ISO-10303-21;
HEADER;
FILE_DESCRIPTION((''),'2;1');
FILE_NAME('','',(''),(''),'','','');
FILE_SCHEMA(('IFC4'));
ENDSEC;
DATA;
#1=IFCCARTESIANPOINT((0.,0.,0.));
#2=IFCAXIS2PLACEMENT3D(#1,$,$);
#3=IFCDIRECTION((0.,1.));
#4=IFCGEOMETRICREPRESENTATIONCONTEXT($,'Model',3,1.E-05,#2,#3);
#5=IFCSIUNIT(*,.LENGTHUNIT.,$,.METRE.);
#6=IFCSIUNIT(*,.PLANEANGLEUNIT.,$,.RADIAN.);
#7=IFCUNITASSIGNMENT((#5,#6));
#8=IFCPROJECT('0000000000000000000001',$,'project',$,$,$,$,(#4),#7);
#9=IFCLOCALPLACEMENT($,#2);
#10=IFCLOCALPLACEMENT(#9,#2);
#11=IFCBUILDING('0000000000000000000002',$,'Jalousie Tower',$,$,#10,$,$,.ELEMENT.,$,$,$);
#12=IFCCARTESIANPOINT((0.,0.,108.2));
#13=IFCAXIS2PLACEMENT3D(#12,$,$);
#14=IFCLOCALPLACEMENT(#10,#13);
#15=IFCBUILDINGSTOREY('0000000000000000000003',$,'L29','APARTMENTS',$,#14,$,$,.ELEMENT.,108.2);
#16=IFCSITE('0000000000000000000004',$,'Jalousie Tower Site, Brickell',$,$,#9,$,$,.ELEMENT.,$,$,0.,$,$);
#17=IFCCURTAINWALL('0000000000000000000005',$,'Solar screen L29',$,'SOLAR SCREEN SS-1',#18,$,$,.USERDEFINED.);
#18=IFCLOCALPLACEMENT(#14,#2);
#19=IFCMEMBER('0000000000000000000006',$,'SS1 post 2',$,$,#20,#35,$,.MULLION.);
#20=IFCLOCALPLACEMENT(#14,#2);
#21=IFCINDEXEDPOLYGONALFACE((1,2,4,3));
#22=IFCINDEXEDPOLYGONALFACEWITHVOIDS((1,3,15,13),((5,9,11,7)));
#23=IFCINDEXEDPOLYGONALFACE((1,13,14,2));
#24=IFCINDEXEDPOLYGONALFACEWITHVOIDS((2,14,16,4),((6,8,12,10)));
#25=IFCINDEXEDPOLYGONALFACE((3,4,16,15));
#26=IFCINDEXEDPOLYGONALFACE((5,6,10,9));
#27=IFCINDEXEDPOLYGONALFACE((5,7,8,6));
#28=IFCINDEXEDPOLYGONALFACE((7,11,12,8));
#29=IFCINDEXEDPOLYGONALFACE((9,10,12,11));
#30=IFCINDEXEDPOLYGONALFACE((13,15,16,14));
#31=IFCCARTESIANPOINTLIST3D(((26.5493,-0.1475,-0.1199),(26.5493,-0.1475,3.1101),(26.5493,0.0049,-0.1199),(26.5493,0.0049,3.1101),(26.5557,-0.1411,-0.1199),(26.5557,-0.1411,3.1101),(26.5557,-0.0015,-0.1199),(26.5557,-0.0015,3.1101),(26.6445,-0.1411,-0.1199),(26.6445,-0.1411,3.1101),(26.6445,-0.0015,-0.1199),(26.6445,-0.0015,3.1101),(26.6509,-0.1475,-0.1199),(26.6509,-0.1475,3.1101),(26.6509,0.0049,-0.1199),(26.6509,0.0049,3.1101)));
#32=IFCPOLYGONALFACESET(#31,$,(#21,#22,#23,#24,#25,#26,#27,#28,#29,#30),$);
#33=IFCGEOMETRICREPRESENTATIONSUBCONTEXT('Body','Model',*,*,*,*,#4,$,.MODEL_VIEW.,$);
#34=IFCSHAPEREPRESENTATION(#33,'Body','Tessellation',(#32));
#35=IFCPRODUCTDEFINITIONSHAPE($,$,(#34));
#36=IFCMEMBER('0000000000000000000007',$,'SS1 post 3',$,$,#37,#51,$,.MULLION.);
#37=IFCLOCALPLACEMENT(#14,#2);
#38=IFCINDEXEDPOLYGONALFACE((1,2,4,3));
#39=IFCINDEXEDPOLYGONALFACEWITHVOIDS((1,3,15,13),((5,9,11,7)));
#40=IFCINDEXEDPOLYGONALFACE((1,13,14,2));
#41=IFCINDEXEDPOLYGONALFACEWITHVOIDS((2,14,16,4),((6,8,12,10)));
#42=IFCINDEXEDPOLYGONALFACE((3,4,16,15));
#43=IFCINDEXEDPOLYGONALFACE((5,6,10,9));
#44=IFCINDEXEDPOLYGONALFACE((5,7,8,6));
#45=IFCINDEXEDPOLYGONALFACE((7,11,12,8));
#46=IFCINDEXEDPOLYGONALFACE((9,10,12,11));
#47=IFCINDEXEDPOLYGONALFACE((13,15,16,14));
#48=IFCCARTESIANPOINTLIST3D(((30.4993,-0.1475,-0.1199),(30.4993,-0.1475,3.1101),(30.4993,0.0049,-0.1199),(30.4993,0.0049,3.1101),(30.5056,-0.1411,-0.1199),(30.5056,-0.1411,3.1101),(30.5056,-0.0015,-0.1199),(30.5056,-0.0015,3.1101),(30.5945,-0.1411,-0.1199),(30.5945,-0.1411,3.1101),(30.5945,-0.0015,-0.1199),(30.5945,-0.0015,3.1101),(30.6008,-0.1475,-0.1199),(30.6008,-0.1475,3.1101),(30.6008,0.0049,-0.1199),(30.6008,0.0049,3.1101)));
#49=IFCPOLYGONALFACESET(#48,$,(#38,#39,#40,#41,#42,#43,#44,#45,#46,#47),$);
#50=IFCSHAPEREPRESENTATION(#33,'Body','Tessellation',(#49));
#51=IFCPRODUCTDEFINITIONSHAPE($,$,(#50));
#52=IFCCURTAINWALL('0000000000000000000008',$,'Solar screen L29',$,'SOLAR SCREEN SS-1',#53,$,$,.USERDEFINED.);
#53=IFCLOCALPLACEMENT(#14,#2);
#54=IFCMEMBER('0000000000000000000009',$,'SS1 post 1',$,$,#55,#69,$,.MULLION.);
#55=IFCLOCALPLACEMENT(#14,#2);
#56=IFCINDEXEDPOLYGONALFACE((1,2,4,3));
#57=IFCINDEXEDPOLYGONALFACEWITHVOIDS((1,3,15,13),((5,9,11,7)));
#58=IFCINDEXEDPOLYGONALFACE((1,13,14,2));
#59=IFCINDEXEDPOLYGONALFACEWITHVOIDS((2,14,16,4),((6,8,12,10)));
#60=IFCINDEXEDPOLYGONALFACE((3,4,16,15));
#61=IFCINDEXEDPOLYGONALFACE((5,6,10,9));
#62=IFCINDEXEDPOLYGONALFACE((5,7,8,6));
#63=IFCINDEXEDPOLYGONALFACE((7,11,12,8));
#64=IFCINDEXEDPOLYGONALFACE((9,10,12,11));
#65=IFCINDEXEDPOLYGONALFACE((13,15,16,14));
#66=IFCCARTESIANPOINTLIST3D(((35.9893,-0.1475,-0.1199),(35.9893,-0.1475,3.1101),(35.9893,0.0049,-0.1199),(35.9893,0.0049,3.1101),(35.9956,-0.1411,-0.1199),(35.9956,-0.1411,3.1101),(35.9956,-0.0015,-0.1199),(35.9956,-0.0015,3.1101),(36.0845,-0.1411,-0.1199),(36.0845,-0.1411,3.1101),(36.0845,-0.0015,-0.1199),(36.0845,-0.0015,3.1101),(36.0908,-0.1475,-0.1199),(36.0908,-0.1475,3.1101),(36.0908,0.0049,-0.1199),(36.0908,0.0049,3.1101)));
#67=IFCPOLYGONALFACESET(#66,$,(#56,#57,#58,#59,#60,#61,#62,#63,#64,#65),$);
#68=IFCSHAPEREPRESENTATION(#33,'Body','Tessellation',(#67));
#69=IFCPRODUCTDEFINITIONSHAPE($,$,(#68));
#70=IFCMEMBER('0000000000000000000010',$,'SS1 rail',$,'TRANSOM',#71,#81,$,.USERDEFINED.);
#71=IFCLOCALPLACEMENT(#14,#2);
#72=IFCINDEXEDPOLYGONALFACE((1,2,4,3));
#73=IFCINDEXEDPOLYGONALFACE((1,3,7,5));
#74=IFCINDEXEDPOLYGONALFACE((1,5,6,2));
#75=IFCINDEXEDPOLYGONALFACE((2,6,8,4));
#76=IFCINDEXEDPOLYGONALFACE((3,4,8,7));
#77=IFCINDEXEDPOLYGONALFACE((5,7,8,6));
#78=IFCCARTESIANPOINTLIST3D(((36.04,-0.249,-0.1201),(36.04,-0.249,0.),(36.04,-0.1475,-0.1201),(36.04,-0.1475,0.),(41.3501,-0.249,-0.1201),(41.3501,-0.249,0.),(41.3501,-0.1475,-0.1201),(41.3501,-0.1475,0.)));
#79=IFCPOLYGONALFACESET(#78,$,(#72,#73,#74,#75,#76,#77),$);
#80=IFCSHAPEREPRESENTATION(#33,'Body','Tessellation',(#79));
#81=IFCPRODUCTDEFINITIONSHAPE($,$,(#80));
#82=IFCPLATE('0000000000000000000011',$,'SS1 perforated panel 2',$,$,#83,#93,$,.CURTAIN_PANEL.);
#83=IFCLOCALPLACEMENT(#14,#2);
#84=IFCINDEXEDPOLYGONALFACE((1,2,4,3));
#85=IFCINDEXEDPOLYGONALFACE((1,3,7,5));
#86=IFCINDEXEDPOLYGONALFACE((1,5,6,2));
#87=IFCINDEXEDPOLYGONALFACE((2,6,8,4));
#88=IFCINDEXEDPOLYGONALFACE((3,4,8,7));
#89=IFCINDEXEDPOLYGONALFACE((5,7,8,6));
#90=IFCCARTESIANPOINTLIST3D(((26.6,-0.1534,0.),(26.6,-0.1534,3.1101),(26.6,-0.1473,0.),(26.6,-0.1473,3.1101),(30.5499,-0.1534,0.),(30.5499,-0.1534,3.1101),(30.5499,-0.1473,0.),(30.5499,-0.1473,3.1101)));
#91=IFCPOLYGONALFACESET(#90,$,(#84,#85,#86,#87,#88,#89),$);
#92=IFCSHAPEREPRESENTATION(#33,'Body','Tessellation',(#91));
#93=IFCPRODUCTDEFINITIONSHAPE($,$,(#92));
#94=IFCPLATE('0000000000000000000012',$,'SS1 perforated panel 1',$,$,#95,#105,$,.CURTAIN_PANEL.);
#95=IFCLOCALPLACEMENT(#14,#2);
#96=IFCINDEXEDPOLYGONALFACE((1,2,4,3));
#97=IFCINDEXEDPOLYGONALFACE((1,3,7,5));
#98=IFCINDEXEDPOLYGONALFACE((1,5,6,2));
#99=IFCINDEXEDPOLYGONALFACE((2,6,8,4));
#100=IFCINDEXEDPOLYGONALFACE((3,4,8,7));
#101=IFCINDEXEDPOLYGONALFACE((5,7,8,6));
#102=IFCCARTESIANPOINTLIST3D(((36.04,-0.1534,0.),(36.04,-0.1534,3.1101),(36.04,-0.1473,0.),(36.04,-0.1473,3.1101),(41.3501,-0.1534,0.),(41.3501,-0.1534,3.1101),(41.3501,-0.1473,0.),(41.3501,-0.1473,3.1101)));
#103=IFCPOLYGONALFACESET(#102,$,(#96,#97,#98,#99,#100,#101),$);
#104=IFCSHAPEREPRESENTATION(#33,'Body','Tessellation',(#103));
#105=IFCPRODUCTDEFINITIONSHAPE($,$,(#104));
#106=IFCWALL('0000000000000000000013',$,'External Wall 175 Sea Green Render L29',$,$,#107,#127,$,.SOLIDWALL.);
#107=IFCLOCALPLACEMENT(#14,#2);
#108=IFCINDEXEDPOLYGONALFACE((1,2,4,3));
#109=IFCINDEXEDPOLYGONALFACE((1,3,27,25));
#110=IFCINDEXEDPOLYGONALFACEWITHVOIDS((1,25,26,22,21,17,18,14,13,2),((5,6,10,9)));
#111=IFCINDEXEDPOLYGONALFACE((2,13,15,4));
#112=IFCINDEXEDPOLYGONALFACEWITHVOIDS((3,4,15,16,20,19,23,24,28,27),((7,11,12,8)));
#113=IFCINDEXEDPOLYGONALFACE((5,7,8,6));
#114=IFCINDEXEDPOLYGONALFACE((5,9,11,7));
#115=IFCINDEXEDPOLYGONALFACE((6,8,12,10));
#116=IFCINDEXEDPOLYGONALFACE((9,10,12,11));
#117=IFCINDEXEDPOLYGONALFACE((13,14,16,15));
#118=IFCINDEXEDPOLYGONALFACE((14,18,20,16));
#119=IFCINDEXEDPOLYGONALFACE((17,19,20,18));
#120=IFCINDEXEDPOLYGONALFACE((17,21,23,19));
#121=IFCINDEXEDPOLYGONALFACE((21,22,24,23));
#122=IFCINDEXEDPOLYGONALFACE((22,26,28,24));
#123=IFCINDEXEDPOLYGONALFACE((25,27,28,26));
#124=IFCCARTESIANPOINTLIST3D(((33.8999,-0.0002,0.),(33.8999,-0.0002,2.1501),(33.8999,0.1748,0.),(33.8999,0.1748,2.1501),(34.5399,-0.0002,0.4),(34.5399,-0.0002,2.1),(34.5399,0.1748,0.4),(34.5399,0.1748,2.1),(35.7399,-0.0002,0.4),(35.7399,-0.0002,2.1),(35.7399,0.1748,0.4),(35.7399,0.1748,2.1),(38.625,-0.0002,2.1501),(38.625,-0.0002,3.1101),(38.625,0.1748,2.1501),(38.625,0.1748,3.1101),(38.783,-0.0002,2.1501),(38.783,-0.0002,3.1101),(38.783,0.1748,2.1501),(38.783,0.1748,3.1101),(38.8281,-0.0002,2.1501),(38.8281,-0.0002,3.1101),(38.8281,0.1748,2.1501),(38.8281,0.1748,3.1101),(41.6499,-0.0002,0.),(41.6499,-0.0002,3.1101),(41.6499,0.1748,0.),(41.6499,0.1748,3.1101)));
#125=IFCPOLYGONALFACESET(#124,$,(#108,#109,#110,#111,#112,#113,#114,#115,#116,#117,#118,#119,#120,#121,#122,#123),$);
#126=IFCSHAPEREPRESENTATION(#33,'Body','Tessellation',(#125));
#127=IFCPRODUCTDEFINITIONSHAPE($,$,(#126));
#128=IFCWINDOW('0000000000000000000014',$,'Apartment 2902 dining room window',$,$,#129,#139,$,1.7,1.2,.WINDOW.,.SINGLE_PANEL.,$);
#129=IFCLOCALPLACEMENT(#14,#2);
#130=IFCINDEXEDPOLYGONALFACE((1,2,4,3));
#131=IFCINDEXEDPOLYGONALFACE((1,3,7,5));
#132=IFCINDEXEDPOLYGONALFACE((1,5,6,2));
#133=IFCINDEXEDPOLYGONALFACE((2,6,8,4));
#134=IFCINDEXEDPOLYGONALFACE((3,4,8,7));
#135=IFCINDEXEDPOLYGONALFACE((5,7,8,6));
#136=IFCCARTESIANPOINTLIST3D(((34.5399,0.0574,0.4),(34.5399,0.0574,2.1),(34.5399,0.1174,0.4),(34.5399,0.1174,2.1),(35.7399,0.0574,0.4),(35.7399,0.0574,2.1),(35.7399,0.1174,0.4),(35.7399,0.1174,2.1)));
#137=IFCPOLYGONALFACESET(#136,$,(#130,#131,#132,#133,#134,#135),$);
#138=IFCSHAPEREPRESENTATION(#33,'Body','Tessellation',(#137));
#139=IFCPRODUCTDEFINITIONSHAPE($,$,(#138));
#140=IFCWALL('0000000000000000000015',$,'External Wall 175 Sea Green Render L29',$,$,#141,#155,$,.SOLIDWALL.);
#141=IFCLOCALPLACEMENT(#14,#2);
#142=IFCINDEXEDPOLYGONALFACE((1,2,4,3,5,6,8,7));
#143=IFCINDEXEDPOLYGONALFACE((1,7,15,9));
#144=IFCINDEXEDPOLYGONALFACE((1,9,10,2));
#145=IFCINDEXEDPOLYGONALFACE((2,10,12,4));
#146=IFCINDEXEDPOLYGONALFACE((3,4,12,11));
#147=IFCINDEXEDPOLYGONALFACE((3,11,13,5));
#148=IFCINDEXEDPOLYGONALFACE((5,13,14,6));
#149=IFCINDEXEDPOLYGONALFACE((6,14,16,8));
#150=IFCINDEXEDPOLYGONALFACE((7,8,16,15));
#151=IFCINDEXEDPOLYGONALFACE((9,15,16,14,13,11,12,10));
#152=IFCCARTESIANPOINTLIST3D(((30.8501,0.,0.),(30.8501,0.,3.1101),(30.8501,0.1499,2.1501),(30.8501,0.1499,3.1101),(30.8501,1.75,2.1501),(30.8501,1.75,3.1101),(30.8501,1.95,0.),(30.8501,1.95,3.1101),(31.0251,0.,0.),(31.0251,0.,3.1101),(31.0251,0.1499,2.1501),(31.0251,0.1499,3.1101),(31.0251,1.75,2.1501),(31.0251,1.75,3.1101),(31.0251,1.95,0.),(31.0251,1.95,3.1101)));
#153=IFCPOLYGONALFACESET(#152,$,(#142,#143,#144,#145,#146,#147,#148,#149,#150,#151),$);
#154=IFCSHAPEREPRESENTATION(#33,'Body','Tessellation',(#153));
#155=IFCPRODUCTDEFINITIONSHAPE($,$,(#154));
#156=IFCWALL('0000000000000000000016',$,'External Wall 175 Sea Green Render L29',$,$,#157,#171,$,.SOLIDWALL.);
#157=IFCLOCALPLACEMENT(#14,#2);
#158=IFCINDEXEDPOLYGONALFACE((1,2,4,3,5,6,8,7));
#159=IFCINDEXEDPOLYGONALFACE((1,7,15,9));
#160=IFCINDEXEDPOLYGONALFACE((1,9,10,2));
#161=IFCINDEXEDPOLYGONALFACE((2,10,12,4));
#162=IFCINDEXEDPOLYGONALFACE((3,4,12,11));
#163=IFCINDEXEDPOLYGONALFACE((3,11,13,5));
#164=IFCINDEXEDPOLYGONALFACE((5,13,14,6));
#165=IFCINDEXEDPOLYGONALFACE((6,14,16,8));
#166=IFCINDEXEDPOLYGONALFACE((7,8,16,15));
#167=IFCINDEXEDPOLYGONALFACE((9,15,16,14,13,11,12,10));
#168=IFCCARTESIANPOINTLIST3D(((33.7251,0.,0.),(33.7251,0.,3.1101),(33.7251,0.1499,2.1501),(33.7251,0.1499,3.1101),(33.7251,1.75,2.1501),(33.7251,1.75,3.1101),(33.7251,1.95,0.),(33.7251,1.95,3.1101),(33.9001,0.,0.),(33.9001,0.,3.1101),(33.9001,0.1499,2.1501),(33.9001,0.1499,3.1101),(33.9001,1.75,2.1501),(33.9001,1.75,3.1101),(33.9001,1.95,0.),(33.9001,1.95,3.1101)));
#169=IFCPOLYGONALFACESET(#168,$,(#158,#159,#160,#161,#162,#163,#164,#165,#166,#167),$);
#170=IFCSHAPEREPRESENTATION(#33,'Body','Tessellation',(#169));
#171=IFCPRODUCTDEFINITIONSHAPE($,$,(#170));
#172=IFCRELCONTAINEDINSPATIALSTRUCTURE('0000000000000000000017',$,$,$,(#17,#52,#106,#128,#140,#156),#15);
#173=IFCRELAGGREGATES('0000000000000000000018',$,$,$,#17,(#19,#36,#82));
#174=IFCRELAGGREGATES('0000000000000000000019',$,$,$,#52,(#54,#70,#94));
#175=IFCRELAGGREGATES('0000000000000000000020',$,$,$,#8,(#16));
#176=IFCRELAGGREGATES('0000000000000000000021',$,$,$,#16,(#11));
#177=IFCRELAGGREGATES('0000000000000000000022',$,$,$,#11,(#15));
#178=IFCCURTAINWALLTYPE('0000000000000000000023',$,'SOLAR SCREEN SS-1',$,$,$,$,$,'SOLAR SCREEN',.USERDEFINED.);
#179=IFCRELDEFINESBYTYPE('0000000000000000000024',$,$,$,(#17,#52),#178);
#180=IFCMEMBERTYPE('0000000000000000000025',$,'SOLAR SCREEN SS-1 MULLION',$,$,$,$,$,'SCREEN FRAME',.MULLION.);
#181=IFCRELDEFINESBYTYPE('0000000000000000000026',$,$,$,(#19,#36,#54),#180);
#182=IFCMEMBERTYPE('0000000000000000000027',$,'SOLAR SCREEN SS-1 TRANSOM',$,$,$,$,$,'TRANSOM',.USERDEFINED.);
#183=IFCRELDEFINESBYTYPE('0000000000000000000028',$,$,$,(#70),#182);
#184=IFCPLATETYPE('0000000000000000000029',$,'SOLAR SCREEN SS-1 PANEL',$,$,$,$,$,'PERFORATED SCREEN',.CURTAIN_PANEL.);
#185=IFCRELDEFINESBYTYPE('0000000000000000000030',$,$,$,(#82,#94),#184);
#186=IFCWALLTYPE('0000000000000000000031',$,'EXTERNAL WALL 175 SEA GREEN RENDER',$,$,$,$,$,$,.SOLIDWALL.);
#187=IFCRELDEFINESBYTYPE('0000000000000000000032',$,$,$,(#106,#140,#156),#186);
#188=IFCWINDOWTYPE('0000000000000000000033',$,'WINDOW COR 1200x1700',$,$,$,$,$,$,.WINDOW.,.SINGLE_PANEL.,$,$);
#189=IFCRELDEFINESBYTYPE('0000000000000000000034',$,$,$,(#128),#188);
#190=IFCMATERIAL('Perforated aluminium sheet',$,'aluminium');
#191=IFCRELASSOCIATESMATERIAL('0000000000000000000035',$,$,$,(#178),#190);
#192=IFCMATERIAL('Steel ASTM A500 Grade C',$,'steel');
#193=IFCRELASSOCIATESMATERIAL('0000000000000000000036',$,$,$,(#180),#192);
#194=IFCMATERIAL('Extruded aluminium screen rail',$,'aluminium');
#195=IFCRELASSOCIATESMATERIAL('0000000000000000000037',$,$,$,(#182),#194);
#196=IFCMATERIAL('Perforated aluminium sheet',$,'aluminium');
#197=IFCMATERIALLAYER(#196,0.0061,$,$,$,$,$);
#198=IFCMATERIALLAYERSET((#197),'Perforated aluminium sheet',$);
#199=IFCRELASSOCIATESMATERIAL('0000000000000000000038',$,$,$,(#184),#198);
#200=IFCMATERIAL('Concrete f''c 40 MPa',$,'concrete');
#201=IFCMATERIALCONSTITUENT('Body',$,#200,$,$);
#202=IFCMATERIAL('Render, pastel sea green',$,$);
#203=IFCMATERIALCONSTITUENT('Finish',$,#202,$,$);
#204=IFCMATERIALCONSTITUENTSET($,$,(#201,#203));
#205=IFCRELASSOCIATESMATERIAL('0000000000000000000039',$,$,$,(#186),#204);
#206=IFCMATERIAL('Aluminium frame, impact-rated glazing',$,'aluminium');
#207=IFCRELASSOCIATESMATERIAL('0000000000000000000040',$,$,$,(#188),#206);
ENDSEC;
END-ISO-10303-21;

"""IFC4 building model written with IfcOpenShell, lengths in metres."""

from ifc_helpers import new_model, si_unit, direction, frame, frame_2d, origin, origin_2d, place, context, subcontext, project, spatial, polyline, rectangle, hollow_rectangle, outline, extrude, material, layer, layer_set, constituent, constituent_set, material_profile, profile_set, type_object, element, fill, aggregate, save


model = new_model("IFC4")

# Units and contexts
model_context = context("Model", 3, precision=1e-05, world=origin(), true_north=direction((0.0, 1.0)))
body_context = subcontext(model_context, "Body", "Model", "MODEL_VIEW")
ifc_project = project(units=[si_unit("LENGTHUNIT", "METRE"), si_unit("PLANEANGLEUNIT", "RADIAN")], contexts=[model_context])

# Site, building, storey
site_placement = place(None, origin())
site = spatial("IfcSite", under=ifc_project, at=site_placement, Name="Jalousie Tower Site, Brickell", CompositionType="ELEMENT", RefElevation=0.0)
building_placement = place(site_placement, origin())
building = spatial("IfcBuilding", under=site, at=building_placement, Name="Jalousie Tower", CompositionType="ELEMENT")
storey_placement = place(building_placement, frame((0.0, 0.0, 108.2)))
storey = spatial("IfcBuildingStorey", under=building, at=storey_placement, Name="L29", Description="APARTMENTS", CompositionType="ELEMENT", Elevation=108.2)

# Curtain walls, members
ifc_material_1 = material(Name="Perforated aluminium sheet", Category="aluminium")
curtain_wall_type = type_object("IfcCurtainWallType", Name="SOLAR SCREEN SS-1", ElementType="SOLAR SCREEN", PredefinedType="USERDEFINED", material=ifc_material_1)
curtain_wall_1_placement = place(storey_placement, origin())
curtain_wall_1 = element("IfcCurtainWall", 1, at=curtain_wall_1_placement, inside=storey, type_object=curtain_wall_type, Name="Solar screen L29", ObjectType="SOLAR SCREEN SS-1", PredefinedType="USERDEFINED")
ifc_material_2 = material(Name="Steel ASTM A500 Grade C", Category="steel")
ifc_material_profile_1 = material_profile(ifc_material_2, hollow_rectangle(XDim=0.1016, YDim=0.1523, WallThickness=0.0063, at=origin_2d()), Name="HSS6X4X1/4")
ifc_profile_set_1 = profile_set([ifc_material_profile_1], Name="Steel ASTM A500 Grade C")
member_type_1 = type_object("IfcMemberType", Name="SOLAR SCREEN SS-1 MULLION", ElementType="SCREEN FRAME", PredefinedType="MULLION", material=ifc_profile_set_1)
member_1_placement = place(storey_placement, frame((26.6001, -0.0713, -0.1199), z_axis=(0.0, 0.0, 1.0), x_axis=(1.0, 0.0, 0.0)))
member_1 = element("IfcMember", 2, at=member_1_placement, type_object=member_type_1, Name="SS1 post 2", PredefinedType="MULLION", context=body_context, shape_type="SweptSolid", body=[
    extrude(hollow_rectangle(XDim=0.1016, YDim=0.1523, WallThickness=0.0063, at=origin_2d()), origin(), (0.0, 0.0, 1.0), 3.23),
])
member_2_placement = place(storey_placement, frame((30.55, -0.0713, -0.1199), z_axis=(0.0, 0.0, 1.0), x_axis=(1.0, 0.0, 0.0)))
member_2 = element("IfcMember", 3, at=member_2_placement, type_object=member_type_1, Name="SS1 post 3", PredefinedType="MULLION", context=body_context, shape_type="SweptSolid", body=[
    extrude(hollow_rectangle(XDim=0.1016, YDim=0.1523, WallThickness=0.0063, at=origin_2d()), origin(), (0.0, 0.0, 1.0), 3.23),
])
curtain_wall_2_placement = place(storey_placement, origin())
curtain_wall_2 = element("IfcCurtainWall", 4, at=curtain_wall_2_placement, inside=storey, type_object=curtain_wall_type, Name="Solar screen L29", ObjectType="SOLAR SCREEN SS-1", PredefinedType="USERDEFINED")
member_3_placement = place(storey_placement, frame((36.04, -0.0713, -0.1199), z_axis=(0.0, 0.0, 1.0), x_axis=(1.0, 0.0, 0.0)))
member_3 = element("IfcMember", 5, at=member_3_placement, type_object=member_type_1, Name="SS1 post 1", PredefinedType="MULLION", context=body_context, shape_type="SweptSolid", body=[
    extrude(hollow_rectangle(XDim=0.1016, YDim=0.1523, WallThickness=0.0063, at=origin_2d()), origin(), (0.0, 0.0, 1.0), 3.23),
])
ifc_material_3 = material(Name="Extruded aluminium screen rail", Category="aluminium")
ifc_material_profile_2 = material_profile(ifc_material_3, rectangle(XDim=0.1016, YDim=0.1201, at=origin_2d()), Name="RAIL 102x120")
ifc_profile_set_2 = profile_set([ifc_material_profile_2], Name="Extruded aluminium screen rail")
member_type_2 = type_object("IfcMemberType", Name="SOLAR SCREEN SS-1 TRANSOM", ElementType="TRANSOM", PredefinedType="USERDEFINED", material=ifc_profile_set_2)
member_4_placement = place(storey_placement, frame((36.04, -0.1982, -0.0601), z_axis=(1.0, 0.0, 0.0), x_axis=(0.0, 1.0, 0.0)))
member_4 = element("IfcMember", 6, at=member_4_placement, type_object=member_type_2, Name="SS1 rail", ObjectType="TRANSOM", PredefinedType="USERDEFINED", context=body_context, shape_type="SweptSolid", body=[
    extrude(rectangle(XDim=0.1016, YDim=0.1201, at=origin_2d()), origin(), (0.0, 0.0, 1.0), 5.3101),
])

# Plates
ifc_material_4 = material(Name="Perforated aluminium sheet", Category="aluminium")
ifc_layer_1 = layer(ifc_material_4, 0.0061)
ifc_layer_set_1 = layer_set([ifc_layer_1], Name="Perforated aluminium sheet")
plate_type = type_object("IfcPlateType", Name="SOLAR SCREEN SS-1 PANEL", ElementType="PERFORATED SCREEN", PredefinedType="CURTAIN_PANEL", material=ifc_layer_set_1)
plate_1_placement = place(storey_placement, frame((28.575, -0.1504, 0.0), z_axis=(0.0, 0.0, 1.0), x_axis=(1.0, 0.0, 0.0)))
plate_1 = element("IfcPlate", 7, at=plate_1_placement, type_object=plate_type, Name="SS1 perforated panel 2", PredefinedType="CURTAIN_PANEL", context=body_context, shape_type="SweptSolid", body=[
    extrude(rectangle(XDim=3.95, YDim=0.0061, at=origin_2d()), origin(), (0.0, 0.0, 1.0), 3.1101),
])
aggregate(curtain_wall_1, [member_1, member_2, plate_1])
plate_2_placement = place(storey_placement, frame((38.6951, -0.1504, 0.0), z_axis=(0.0, 0.0, 1.0), x_axis=(1.0, 0.0, 0.0)))
plate_2 = element("IfcPlate", 8, at=plate_2_placement, type_object=plate_type, Name="SS1 perforated panel 1", PredefinedType="CURTAIN_PANEL", context=body_context, shape_type="SweptSolid", body=[
    extrude(rectangle(XDim=5.3101, YDim=0.0061, at=origin_2d()), origin(), (0.0, 0.0, 1.0), 3.1101),
])
aggregate(curtain_wall_2, [member_3, member_4, plate_2])

# Wall, opening, window
ifc_material_5 = material(Name="Concrete f'c 40 MPa", Category="concrete")
ifc_constituent_1 = constituent(ifc_material_5, Name="Body")
ifc_material_6 = material(Name="Render, pastel sea green")
ifc_constituent_2 = constituent(ifc_material_6, Name="Finish")
ifc_constituent_set_1 = constituent_set(constituents=[ifc_constituent_1, ifc_constituent_2])
wall_type_1 = type_object("IfcWallType", Name="EXTERNAL WALL 175 SEA GREEN RENDER", PredefinedType="SOLIDWALL", material=ifc_constituent_set_1)
wall_1_placement = place(storey_placement, frame((33.8999, 0.0874, 0.0), z_axis=(0.0, 0.0, 1.0), x_axis=(1.0, 0.0, 0.0)))
wall_1 = element("IfcWall", 9, at=wall_1_placement, inside=storey, type_object=wall_type_1, Name="External Wall 175 Sea Green Render L29", PredefinedType="SOLIDWALL", context=body_context, shape_type="SweptSolid", body=[
    extrude(outline(polyline([(0.0, 0.0), (7.75, 0.0), (7.75, 3.1101), (4.9282, 3.1101), (4.9282, 2.1501), (4.8831, 2.1501), (4.8831, 3.1101), (4.7251, 3.1101), (4.7251, 2.1501), (0.0, 2.1501), (0.0, 0.0)])), frame((0.0, 0.0874, 0.0), z_axis=(0.0, -1.0, 0.0), x_axis=(1.0, 0.0, 0.0)), (0.0, 0.0, 1.0), 0.175),
])
opening_1_placement = place(wall_1_placement, frame((0.6399, 0.0, 0.3999)))
opening_1 = element("IfcOpeningElement", 10, at=opening_1_placement, cuts=wall_1, PredefinedType="OPENING", context=body_context, shape_type="SweptSolid", body=[
    extrude(rectangle(XDim=1.2, YDim=1.7, at=frame_2d((0.6001, 0.8501))), frame((0.0, 0.0974, 0.0), z_axis=(0.0, -1.0, 0.0), x_axis=(1.0, 0.0, 0.0)), (0.0, 0.0, 1.0), 0.1951),
])
ifc_material_7 = material(Name="Aluminium frame, impact-rated glazing", Category="aluminium")
window_type = type_object("IfcWindowType", Name="WINDOW COR 1200x1700", PartitioningType="SINGLE_PANEL", PredefinedType="WINDOW", material=ifc_material_7)
window_placement = place(opening_1_placement, origin())
window = element("IfcWindow", 11, at=window_placement, inside=storey, type_object=window_type, Name="Apartment 2902 dining room window", OverallHeight=1.7, OverallWidth=1.2, PartitioningType="SINGLE_PANEL", PredefinedType="WINDOW", context=body_context, shape_type="SweptSolid", body=[
    extrude(rectangle(XDim=1.2, YDim=1.7, at=frame_2d((0.6001, 0.8501))), frame((0.0, 0.03, 0.0), z_axis=(0.0, -1.0, 0.0), x_axis=(1.0, 0.0, 0.0)), (0.0, 0.0, 1.0), 0.0601),
])
fill(opening_1, window)

# Walls
for number, where, z_axis, x_axis, name in (
    (12, (30.9375, 0.0, 0.0), (0.0, 0.0, 1.0), (0.0, 1.0, 0.0), "External Wall 175 Sea Green Render L29"),
    (13, (33.8125, 0.0, 0.0), (0.0, 0.0, 1.0), (0.0, 1.0, 0.0), "External Wall 175 Sea Green Render L29"),
):
    element("IfcWall", number, at=place(storey_placement, frame(where, z_axis=z_axis, x_axis=x_axis)), inside=storey, type_object=wall_type_1, Name=name, PredefinedType="SOLIDWALL", context=body_context, shape_type="SweptSolid", body=[
        extrude(outline(polyline([(0.0, 0.0), (1.95, 0.0), (1.95, 3.1101), (1.75, 3.1101), (1.75, 2.1501), (0.1499, 2.1501), (0.1499, 3.1101), (0.0, 3.1101), (0.0, 0.0)])), frame((0.0, 0.0874, 0.0), z_axis=(0.0, -1.0, 0.0), x_axis=(1.0, 0.0, 0.0)), (0.0, 0.0, 1.0), 0.175),
    ])

save(model, "model.ifc")
